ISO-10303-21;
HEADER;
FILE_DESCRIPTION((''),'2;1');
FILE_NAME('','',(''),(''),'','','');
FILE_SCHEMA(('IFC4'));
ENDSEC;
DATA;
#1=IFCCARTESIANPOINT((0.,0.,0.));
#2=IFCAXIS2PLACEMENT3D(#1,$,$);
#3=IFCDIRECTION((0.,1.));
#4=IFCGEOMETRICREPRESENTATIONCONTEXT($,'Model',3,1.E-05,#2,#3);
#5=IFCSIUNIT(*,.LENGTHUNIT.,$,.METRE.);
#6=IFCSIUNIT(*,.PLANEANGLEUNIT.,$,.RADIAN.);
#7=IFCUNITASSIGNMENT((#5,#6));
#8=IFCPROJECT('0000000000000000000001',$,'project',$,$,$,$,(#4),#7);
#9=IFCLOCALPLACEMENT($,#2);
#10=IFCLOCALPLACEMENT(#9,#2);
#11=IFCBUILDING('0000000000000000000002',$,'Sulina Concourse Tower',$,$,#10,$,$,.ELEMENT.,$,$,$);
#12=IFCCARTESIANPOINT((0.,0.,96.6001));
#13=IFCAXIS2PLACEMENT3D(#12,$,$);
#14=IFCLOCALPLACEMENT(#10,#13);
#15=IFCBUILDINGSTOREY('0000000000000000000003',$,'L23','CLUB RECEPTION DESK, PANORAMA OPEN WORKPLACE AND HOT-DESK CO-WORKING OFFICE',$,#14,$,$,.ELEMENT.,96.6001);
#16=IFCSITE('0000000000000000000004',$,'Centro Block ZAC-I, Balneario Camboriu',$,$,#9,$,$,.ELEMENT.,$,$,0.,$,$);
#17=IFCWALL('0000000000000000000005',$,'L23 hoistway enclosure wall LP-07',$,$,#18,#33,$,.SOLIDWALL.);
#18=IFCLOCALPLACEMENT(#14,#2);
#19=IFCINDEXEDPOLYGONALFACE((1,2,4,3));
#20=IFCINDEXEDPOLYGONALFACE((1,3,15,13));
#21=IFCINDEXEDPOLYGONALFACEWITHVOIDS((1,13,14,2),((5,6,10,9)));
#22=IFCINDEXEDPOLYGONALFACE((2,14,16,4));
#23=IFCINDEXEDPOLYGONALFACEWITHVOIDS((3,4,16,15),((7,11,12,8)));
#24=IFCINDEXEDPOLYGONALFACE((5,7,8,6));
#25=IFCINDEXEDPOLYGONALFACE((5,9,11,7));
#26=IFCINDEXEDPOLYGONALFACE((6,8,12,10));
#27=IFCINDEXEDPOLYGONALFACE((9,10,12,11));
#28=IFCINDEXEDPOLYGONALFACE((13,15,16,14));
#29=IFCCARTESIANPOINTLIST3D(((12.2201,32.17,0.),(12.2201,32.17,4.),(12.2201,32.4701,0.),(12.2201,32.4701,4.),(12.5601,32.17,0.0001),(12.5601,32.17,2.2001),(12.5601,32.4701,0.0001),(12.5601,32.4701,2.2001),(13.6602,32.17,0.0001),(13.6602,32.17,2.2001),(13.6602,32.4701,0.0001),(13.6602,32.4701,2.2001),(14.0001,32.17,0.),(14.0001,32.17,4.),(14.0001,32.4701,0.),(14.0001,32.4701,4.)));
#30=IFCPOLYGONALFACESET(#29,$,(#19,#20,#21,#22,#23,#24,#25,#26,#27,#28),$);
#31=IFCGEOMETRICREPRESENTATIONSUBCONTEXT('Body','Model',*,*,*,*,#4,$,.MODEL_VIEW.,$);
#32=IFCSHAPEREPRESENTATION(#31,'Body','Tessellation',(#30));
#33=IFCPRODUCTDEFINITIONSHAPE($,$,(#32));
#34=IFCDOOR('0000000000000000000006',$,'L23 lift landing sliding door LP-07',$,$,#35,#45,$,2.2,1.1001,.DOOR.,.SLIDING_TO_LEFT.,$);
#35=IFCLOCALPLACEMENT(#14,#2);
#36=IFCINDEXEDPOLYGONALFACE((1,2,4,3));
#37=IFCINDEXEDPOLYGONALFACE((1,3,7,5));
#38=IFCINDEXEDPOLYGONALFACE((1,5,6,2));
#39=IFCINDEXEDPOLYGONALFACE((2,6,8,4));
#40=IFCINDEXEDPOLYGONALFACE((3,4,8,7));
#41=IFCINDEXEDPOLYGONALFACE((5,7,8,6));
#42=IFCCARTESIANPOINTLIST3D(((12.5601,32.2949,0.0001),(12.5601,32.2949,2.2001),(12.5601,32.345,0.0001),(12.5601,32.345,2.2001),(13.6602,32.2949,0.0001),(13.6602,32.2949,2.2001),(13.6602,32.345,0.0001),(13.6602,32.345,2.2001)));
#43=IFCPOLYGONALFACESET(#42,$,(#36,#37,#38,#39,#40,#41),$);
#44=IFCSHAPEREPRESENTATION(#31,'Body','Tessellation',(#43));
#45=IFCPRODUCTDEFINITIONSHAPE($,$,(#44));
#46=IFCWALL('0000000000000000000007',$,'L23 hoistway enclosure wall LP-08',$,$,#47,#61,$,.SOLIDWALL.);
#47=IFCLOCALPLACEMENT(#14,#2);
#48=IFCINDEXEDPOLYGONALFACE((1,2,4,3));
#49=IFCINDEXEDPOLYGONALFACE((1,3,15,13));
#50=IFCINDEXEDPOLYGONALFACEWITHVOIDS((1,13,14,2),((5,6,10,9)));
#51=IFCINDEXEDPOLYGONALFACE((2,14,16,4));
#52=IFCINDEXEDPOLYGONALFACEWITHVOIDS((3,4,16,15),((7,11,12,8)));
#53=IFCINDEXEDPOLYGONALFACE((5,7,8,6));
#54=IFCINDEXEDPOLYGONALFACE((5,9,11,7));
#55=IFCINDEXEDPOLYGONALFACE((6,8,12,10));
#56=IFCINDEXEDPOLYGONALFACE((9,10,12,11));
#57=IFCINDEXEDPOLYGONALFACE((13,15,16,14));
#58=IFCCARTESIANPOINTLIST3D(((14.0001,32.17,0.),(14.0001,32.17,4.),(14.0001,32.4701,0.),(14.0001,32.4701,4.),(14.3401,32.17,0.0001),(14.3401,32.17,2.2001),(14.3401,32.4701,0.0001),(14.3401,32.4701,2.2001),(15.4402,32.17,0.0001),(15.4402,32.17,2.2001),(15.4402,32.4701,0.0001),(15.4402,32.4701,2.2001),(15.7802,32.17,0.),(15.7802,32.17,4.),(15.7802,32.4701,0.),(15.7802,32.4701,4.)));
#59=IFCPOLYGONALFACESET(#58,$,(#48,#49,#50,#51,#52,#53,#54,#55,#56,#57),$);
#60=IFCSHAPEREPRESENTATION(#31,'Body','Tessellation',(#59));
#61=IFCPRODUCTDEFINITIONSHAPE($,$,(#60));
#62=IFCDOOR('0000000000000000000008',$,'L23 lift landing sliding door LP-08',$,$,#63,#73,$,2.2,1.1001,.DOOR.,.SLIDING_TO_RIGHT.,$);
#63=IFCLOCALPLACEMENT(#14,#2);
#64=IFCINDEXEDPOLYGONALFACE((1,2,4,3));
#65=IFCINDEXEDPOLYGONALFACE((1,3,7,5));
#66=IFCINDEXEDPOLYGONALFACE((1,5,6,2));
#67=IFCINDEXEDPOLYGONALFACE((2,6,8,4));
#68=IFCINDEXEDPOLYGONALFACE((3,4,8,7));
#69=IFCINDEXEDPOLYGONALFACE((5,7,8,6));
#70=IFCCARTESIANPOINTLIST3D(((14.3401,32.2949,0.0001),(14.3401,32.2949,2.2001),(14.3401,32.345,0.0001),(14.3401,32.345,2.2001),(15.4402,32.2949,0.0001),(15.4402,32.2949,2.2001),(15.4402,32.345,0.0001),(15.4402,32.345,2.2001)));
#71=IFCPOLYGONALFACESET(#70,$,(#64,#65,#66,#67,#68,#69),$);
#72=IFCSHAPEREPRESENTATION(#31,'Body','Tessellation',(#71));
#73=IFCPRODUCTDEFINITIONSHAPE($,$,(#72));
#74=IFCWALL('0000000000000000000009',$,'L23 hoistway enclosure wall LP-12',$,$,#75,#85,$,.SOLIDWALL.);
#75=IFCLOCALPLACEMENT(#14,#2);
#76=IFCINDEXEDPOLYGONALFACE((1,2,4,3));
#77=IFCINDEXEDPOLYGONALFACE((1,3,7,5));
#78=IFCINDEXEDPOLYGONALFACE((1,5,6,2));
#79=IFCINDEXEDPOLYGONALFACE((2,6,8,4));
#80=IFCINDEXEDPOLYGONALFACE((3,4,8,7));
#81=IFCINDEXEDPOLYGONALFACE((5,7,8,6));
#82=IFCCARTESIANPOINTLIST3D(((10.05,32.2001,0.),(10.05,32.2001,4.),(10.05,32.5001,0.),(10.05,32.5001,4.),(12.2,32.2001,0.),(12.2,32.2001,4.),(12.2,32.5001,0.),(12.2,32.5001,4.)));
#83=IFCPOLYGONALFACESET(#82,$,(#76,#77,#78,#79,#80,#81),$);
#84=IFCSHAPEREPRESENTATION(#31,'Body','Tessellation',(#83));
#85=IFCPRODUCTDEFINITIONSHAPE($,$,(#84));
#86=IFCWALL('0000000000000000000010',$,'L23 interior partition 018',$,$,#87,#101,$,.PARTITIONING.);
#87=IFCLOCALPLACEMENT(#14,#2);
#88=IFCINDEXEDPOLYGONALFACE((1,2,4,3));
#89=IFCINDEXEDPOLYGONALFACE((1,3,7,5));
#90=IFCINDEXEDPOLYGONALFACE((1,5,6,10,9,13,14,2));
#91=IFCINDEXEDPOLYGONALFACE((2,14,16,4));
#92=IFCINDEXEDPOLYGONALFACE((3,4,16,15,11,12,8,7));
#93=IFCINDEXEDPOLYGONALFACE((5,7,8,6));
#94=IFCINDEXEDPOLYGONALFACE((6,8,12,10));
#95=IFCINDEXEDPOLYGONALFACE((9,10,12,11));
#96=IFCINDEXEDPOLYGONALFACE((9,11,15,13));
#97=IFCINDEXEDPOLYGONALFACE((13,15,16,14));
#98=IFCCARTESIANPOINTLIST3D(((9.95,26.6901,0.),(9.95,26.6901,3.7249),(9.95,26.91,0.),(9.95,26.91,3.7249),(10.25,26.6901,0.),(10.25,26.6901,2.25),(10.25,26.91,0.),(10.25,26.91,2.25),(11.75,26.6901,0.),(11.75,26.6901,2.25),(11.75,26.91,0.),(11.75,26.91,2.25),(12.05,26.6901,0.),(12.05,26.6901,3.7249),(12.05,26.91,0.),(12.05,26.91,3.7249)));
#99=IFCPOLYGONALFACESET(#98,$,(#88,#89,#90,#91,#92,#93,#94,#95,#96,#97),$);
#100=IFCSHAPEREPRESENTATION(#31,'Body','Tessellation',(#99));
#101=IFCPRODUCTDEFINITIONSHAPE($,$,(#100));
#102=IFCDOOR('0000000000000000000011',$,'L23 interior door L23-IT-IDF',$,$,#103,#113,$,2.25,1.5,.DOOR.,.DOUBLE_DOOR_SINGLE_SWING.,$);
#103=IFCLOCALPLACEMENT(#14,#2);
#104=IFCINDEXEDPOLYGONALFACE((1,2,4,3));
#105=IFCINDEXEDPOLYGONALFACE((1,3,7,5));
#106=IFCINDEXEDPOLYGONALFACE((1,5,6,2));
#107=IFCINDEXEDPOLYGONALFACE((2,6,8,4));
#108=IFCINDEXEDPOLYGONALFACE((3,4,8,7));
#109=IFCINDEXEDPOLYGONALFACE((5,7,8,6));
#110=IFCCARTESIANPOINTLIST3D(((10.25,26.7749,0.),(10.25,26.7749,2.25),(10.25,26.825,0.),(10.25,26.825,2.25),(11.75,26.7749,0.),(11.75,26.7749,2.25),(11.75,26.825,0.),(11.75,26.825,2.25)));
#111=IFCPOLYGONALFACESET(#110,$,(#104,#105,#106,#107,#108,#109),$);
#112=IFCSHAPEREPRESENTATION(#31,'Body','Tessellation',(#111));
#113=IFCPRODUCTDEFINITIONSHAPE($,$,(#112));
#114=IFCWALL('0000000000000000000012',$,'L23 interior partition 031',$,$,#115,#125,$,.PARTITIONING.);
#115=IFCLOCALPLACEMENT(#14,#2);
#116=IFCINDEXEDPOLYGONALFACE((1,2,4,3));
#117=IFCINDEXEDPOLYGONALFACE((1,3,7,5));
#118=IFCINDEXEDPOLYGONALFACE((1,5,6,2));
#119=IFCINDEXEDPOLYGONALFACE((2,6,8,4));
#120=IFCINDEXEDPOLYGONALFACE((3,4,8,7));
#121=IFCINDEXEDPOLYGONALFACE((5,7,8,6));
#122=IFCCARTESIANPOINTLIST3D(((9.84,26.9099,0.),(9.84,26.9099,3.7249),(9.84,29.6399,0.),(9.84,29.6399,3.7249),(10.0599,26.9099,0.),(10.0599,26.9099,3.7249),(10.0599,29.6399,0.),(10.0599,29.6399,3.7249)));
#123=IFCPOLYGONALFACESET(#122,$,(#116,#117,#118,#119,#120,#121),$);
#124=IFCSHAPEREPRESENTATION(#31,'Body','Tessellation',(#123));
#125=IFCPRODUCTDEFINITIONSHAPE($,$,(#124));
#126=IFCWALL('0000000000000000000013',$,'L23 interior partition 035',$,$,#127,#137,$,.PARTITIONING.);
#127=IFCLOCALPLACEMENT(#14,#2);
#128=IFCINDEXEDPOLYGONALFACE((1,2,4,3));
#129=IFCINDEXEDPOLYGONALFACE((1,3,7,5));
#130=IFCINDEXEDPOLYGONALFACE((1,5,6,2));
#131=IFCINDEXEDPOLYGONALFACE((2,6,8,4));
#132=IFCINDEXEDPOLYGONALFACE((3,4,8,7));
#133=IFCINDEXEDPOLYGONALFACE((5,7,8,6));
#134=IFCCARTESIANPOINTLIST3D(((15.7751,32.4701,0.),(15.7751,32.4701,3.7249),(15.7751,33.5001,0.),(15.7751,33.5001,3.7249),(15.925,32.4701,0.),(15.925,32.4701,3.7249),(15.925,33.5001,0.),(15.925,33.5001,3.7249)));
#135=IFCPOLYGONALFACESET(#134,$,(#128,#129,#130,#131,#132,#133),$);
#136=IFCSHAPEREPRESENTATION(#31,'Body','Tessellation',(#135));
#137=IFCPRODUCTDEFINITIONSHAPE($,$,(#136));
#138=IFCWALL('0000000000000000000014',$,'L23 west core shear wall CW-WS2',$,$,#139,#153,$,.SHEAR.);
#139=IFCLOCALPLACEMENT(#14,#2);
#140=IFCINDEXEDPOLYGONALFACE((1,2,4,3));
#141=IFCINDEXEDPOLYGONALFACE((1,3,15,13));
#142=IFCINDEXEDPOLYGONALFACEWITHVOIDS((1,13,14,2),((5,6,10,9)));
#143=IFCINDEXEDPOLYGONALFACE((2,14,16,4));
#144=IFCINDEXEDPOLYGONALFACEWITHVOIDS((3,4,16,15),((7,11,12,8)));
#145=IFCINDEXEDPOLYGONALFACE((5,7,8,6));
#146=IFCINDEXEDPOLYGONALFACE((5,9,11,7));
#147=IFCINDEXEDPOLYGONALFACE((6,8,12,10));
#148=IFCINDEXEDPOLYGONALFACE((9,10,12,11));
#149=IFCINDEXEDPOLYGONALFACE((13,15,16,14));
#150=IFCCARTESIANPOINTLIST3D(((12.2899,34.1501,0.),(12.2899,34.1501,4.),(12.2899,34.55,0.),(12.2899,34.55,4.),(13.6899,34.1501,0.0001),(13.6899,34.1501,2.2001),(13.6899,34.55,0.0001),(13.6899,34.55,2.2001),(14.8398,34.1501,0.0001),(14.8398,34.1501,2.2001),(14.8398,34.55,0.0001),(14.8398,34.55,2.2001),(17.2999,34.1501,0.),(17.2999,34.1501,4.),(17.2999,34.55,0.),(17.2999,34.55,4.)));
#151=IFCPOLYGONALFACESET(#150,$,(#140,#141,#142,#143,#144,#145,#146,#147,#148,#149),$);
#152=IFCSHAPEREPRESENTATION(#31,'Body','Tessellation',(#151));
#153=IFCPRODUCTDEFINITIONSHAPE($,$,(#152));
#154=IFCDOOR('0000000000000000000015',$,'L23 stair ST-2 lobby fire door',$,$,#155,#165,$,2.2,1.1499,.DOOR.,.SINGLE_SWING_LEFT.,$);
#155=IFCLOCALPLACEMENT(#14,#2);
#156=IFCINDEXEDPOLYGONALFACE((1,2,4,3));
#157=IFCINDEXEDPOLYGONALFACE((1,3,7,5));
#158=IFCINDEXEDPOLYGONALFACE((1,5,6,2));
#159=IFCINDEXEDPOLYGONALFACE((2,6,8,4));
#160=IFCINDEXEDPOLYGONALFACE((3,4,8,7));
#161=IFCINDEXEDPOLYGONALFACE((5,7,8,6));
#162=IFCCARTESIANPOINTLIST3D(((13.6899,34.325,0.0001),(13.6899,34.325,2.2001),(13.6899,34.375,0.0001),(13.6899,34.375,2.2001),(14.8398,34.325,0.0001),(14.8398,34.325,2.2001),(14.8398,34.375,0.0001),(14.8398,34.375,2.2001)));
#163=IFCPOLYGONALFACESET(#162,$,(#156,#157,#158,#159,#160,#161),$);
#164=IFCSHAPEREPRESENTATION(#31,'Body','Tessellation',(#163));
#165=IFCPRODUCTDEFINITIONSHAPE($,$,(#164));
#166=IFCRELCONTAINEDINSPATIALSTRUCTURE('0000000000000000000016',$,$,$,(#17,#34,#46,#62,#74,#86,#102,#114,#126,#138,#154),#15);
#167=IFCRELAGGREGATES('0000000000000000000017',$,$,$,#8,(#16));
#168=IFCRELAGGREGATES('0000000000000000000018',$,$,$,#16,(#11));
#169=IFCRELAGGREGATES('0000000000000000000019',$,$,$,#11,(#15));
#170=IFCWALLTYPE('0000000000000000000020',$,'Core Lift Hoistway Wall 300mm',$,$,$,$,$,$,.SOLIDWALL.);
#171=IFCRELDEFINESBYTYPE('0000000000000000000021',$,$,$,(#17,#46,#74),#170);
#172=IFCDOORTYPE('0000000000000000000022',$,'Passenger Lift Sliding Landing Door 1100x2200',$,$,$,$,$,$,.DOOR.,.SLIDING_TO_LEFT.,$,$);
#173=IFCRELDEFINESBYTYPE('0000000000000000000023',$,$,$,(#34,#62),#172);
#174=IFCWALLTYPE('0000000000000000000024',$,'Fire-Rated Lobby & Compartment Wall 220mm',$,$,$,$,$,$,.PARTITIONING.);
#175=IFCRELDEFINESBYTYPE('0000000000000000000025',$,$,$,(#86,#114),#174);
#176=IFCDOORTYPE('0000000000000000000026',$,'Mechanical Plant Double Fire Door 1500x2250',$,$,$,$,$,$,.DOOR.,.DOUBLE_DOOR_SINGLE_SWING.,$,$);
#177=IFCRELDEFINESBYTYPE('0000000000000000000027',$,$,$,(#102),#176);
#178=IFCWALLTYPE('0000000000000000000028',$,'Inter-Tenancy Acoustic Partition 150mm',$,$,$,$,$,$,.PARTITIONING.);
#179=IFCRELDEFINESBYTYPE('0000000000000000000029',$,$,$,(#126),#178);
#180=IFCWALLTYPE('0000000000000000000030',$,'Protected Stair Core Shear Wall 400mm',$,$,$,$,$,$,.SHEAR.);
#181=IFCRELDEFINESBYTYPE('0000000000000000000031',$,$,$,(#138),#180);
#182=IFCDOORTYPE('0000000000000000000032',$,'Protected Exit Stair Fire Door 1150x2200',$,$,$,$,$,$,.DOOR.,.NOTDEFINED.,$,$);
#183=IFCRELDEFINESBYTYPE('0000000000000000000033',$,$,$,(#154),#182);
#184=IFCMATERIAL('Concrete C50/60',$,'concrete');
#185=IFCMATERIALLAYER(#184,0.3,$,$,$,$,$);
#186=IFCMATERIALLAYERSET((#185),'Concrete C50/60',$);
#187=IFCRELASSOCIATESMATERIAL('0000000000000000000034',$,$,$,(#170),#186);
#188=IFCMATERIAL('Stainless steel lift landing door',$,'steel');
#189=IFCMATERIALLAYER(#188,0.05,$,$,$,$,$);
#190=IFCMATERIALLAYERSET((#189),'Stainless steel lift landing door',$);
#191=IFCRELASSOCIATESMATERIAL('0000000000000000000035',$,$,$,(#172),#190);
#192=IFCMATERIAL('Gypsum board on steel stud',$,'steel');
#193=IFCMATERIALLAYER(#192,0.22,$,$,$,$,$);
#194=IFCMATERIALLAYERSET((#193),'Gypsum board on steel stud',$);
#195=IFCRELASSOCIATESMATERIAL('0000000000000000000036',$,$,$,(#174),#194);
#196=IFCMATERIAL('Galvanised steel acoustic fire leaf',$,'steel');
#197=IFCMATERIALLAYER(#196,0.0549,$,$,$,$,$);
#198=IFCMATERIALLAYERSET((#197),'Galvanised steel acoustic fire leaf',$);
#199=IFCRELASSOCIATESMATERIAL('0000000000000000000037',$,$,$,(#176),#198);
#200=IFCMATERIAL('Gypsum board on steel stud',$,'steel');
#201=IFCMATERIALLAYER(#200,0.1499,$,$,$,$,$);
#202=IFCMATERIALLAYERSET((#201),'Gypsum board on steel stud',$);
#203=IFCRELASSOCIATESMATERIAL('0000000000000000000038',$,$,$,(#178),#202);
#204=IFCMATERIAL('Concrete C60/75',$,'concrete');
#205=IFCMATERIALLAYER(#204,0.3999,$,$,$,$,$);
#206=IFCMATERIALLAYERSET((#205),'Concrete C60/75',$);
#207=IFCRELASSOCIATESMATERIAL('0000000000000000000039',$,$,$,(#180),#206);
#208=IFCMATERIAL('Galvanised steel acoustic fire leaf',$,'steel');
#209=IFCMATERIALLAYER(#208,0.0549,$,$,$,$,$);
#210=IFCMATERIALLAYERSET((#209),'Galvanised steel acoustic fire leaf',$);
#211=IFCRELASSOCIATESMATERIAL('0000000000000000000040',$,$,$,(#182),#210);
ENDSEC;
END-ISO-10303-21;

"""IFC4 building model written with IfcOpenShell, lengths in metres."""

from ifc_helpers import new_model, si_unit, direction, frame, frame_2d, origin, place, context, subcontext, project, spatial, rectangle, extrude, material, layer, layer_set, type_object, element, fill, save


model = new_model("IFC4")

# Units and contexts
model_context = context("Model", 3, precision=1e-05, world=origin(), true_north=direction((0.0, 1.0)))
body_context = subcontext(model_context, "Body", "Model", "MODEL_VIEW")
ifc_project = project(units=[si_unit("LENGTHUNIT", "METRE"), si_unit("PLANEANGLEUNIT", "RADIAN")], contexts=[model_context])

# Site, building, storey
site_placement = place(None, origin())
site = spatial("IfcSite", under=ifc_project, at=site_placement, Name="Centro Block ZAC-I, Balneario Camboriu", CompositionType="ELEMENT", RefElevation=0.0)
building_placement = place(site_placement, origin())
building = spatial("IfcBuilding", under=site, at=building_placement, Name="Sulina Concourse Tower", CompositionType="ELEMENT")
storey_placement = place(building_placement, frame((0.0, 0.0, 96.6001)))
storey = spatial("IfcBuildingStorey", under=building, at=storey_placement, Name="L23", Description="CLUB RECEPTION DESK, PANORAMA OPEN WORKPLACE AND HOT-DESK CO-WORKING OFFICE", CompositionType="ELEMENT", Elevation=96.6001)

# Walls, openings, doors
ifc_material_1 = material(Name="Concrete C50/60", Category="concrete")
ifc_layer_1 = layer(ifc_material_1, 0.3)
ifc_layer_set_1 = layer_set([ifc_layer_1], Name="Concrete C50/60")
wall_type_1 = type_object("IfcWallType", Name="Core Lift Hoistway Wall 300mm", PredefinedType="SOLIDWALL", material=ifc_layer_set_1)
ifc_material_2 = material(Name="Stainless steel lift landing door", Category="steel")
ifc_layer_2 = layer(ifc_material_2, 0.05)
ifc_layer_set_2 = layer_set([ifc_layer_2], Name="Stainless steel lift landing door")
door_type_1 = type_object("IfcDoorType", Name="Passenger Lift Sliding Landing Door 1100x2200", OperationType="SLIDING_TO_LEFT", PredefinedType="DOOR", material=ifc_layer_set_2)
wall_1_placement = place(storey_placement, frame((12.22, 32.3201, 0.0), z_axis=(0.0, 0.0, 1.0), x_axis=(1.0, 0.0, 0.0)))
wall_1 = element("IfcWall", 1, at=wall_1_placement, inside=storey, type_object=wall_type_1, Name="L23 hoistway enclosure wall LP-07", PredefinedType="SOLIDWALL", context=body_context, shape_type="SweptSolid", body=[
    extrude(rectangle(XDim=1.78, YDim=0.3, at=frame_2d((0.8901, 0.0))), origin(), (0.0, 0.0, 1.0), 4.0),
])
opening_1_placement = place(wall_1_placement, frame((0.3401, 0.0, 0.0)))
opening_1 = element("IfcOpeningElement", 2, at=opening_1_placement, cuts=wall_1, PredefinedType="OPENING", context=body_context, shape_type="SweptSolid", body=[
    extrude(rectangle(XDim=1.1001, YDim=2.2, at=frame_2d((0.55, 1.1001))), frame((0.0, 0.1599, 0.0), z_axis=(0.0, -1.0, 0.0), x_axis=(1.0, 0.0, 0.0)), (0.0, 0.0, 1.0), 0.3201),
])
door_1_placement = place(opening_1_placement, origin())
door_1 = element("IfcDoor", 3, at=door_1_placement, inside=storey, type_object=door_type_1, Name="L23 lift landing sliding door LP-07", OperationType="SLIDING_TO_LEFT", OverallHeight=2.2, OverallWidth=1.1001, PredefinedType="DOOR", context=body_context, shape_type="SweptSolid", body=[
    extrude(rectangle(XDim=1.1001, YDim=2.2, at=frame_2d((0.55, 1.1001))), frame((0.0, 0.0249, 0.0), z_axis=(0.0, -1.0, 0.0), x_axis=(1.0, 0.0, 0.0)), (0.0, 0.0, 1.0), 0.05),
])
fill(opening_1, door_1)
wall_2_placement = place(storey_placement, frame((14.0, 32.3201, 0.0), z_axis=(0.0, 0.0, 1.0), x_axis=(1.0, 0.0, 0.0)))
wall_2 = element("IfcWall", 4, at=wall_2_placement, inside=storey, type_object=wall_type_1, Name="L23 hoistway enclosure wall LP-08", PredefinedType="SOLIDWALL", context=body_context, shape_type="SweptSolid", body=[
    extrude(rectangle(XDim=1.78, YDim=0.3, at=frame_2d((0.8901, 0.0))), origin(), (0.0, 0.0, 1.0), 4.0),
])
opening_2_placement = place(wall_2_placement, frame((0.3401, 0.0, 0.0)))
opening_2 = element("IfcOpeningElement", 5, at=opening_2_placement, cuts=wall_2, PredefinedType="OPENING", context=body_context, shape_type="SweptSolid", body=[
    extrude(rectangle(XDim=1.1001, YDim=2.2, at=frame_2d((0.55, 1.1001))), frame((0.0, 0.1599, 0.0), z_axis=(0.0, -1.0, 0.0), x_axis=(1.0, 0.0, 0.0)), (0.0, 0.0, 1.0), 0.3201),
])
door_2_placement = place(opening_2_placement, origin())
door_2 = element("IfcDoor", 6, at=door_2_placement, inside=storey, type_object=door_type_1, Name="L23 lift landing sliding door LP-08", OperationType="SLIDING_TO_RIGHT", OverallHeight=2.2, OverallWidth=1.1001, PredefinedType="DOOR", context=body_context, shape_type="SweptSolid", body=[
    extrude(rectangle(XDim=1.1001, YDim=2.2, at=frame_2d((0.55, 1.1001))), frame((0.0, 0.0249, 0.0), z_axis=(0.0, -1.0, 0.0), x_axis=(1.0, 0.0, 0.0)), (0.0, 0.0, 1.0), 0.05),
])
fill(opening_2, door_2)

# Wall
wall_3_placement = place(storey_placement, frame((10.05, 32.3501, 0.0), z_axis=(0.0, 0.0, 1.0), x_axis=(1.0, 0.0, 0.0)))
element("IfcWall", 7, at=wall_3_placement, inside=storey, type_object=wall_type_1, Name="L23 hoistway enclosure wall LP-12", PredefinedType="SOLIDWALL", context=body_context, shape_type="SweptSolid", body=[
    extrude(rectangle(XDim=2.1499, YDim=0.3, at=frame_2d((1.075, 0.0))), origin(), (0.0, 0.0, 1.0), 4.0),
])

# Wall, opening, door
ifc_material_3 = material(Name="Gypsum board on steel stud", Category="steel")
ifc_layer_3 = layer(ifc_material_3, 0.22)
ifc_layer_set_3 = layer_set([ifc_layer_3], Name="Gypsum board on steel stud")
wall_type_2 = type_object("IfcWallType", Name="Fire-Rated Lobby & Compartment Wall 220mm", PredefinedType="PARTITIONING", material=ifc_layer_set_3)
wall_4_placement = place(storey_placement, frame((9.95, 26.8, 0.0), z_axis=(0.0, 0.0, 1.0), x_axis=(1.0, 0.0, 0.0)))
wall_4 = element("IfcWall", 8, at=wall_4_placement, inside=storey, type_object=wall_type_2, Name="L23 interior partition 018", PredefinedType="PARTITIONING", context=body_context, shape_type="SweptSolid", body=[
    extrude(rectangle(XDim=2.1001, YDim=0.22, at=frame_2d((1.05, 0.0))), origin(), (0.0, 0.0, 1.0), 3.7249),
])
opening_3_placement = place(wall_4_placement, frame((0.3, 0.0, 0.0)))
opening_3 = element("IfcOpeningElement", 9, at=opening_3_placement, cuts=wall_4, PredefinedType="OPENING", context=body_context, shape_type="SweptSolid", body=[
    extrude(rectangle(XDim=1.5, YDim=2.25, at=frame_2d((0.75, 1.125))), frame((0.0, 0.1199, 0.0), z_axis=(0.0, -1.0, 0.0), x_axis=(1.0, 0.0, 0.0)), (0.0, 0.0, 1.0), 0.24),
])
ifc_material_4 = material(Name="Galvanised steel acoustic fire leaf", Category="steel")
ifc_layer_4 = layer(ifc_material_4, 0.0549)
ifc_layer_set_4 = layer_set([ifc_layer_4], Name="Galvanised steel acoustic fire leaf")
door_type_2 = type_object("IfcDoorType", Name="Mechanical Plant Double Fire Door 1500x2250", OperationType="DOUBLE_DOOR_SINGLE_SWING", PredefinedType="DOOR", material=ifc_layer_set_4)
door_3_placement = place(opening_3_placement, origin())
door_3 = element("IfcDoor", 10, at=door_3_placement, inside=storey, type_object=door_type_2, Name="L23 interior door L23-IT-IDF", OperationType="DOUBLE_DOOR_SINGLE_SWING", OverallHeight=2.25, OverallWidth=1.5, PredefinedType="DOOR", context=body_context, shape_type="SweptSolid", body=[
    extrude(rectangle(XDim=1.5, YDim=2.25, at=frame_2d((0.75, 1.125))), frame((0.0, 0.0249, 0.0), z_axis=(0.0, -1.0, 0.0), x_axis=(1.0, 0.0, 0.0)), (0.0, 0.0, 1.0), 0.05),
])
fill(opening_3, door_3)

# Walls
wall_5_placement = place(storey_placement, frame((9.95, 26.9099, 0.0), z_axis=(0.0, 0.0, 1.0), x_axis=(0.0, 1.0, 0.0)))
element("IfcWall", 11, at=wall_5_placement, inside=storey, type_object=wall_type_2, Name="L23 interior partition 031", PredefinedType="PARTITIONING", context=body_context, shape_type="SweptSolid", body=[
    extrude(rectangle(XDim=2.73, YDim=0.22, at=frame_2d((1.365, 0.0))), origin(), (0.0, 0.0, 1.0), 3.7249),
])
ifc_material_5 = material(Name="Gypsum board on steel stud", Category="steel")
ifc_layer_5 = layer(ifc_material_5, 0.1499)
ifc_layer_set_5 = layer_set([ifc_layer_5], Name="Gypsum board on steel stud")
wall_type_3 = type_object("IfcWallType", Name="Inter-Tenancy Acoustic Partition 150mm", PredefinedType="PARTITIONING", material=ifc_layer_set_5)
wall_6_placement = place(storey_placement, frame((15.8501, 32.47, 0.0), z_axis=(0.0, 0.0, 1.0), x_axis=(0.0, 1.0, 0.0)))
element("IfcWall", 12, at=wall_6_placement, inside=storey, type_object=wall_type_3, Name="L23 interior partition 035", PredefinedType="PARTITIONING", context=body_context, shape_type="SweptSolid", body=[
    extrude(rectangle(XDim=1.03, YDim=0.1499, at=frame_2d((0.5151, 0.0))), origin(), (0.0, 0.0, 1.0), 3.7249),
])

# Wall, opening, door
ifc_material_6 = material(Name="Concrete C60/75", Category="concrete")
ifc_layer_6 = layer(ifc_material_6, 0.3999)
ifc_layer_set_6 = layer_set([ifc_layer_6], Name="Concrete C60/75")
wall_type_4 = type_object("IfcWallType", Name="Protected Stair Core Shear Wall 400mm", PredefinedType="SHEAR", material=ifc_layer_set_6)
wall_7_placement = place(storey_placement, frame((12.29, 34.3501, 0.0), z_axis=(0.0, 0.0, 1.0), x_axis=(1.0, 0.0, 0.0)))
wall_7 = element("IfcWall", 13, at=wall_7_placement, inside=storey, type_object=wall_type_4, Name="L23 west core shear wall CW-WS2", PredefinedType="SHEAR", context=body_context, shape_type="SweptSolid", body=[
    extrude(rectangle(XDim=5.01, YDim=0.3999, at=frame_2d((2.5049, 0.0))), origin(), (0.0, 0.0, 1.0), 4.0),
])
opening_4_placement = place(wall_7_placement, frame((1.3999, 0.0, 0.0)))
opening_4 = element("IfcOpeningElement", 14, at=opening_4_placement, cuts=wall_7, PredefinedType="OPENING", context=body_context, shape_type="SweptSolid", body=[
    extrude(rectangle(XDim=1.1499, YDim=2.2, at=frame_2d((0.575, 1.1001))), frame((0.0, 0.21, 0.0), z_axis=(0.0, -1.0, 0.0), x_axis=(1.0, 0.0, 0.0)), (0.0, 0.0, 1.0), 0.4199),
])
ifc_material_7 = material(Name="Galvanised steel acoustic fire leaf", Category="steel")
ifc_layer_7 = layer(ifc_material_7, 0.0549)
ifc_layer_set_7 = layer_set([ifc_layer_7], Name="Galvanised steel acoustic fire leaf")
door_type_3 = type_object("IfcDoorType", Name="Protected Exit Stair Fire Door 1150x2200", OperationType="NOTDEFINED", PredefinedType="DOOR", material=ifc_layer_set_7)
door_4_placement = place(opening_4_placement, origin())
door_4 = element("IfcDoor", 15, at=door_4_placement, inside=storey, type_object=door_type_3, Name="L23 stair ST-2 lobby fire door", OperationType="SINGLE_SWING_LEFT", OverallHeight=2.2, OverallWidth=1.1499, PredefinedType="DOOR", context=body_context, shape_type="SweptSolid", body=[
    extrude(rectangle(XDim=1.1499, YDim=2.2, at=frame_2d((0.575, 1.1001))), frame((0.0, 0.0249, 0.0), z_axis=(0.0, -1.0, 0.0), x_axis=(1.0, 0.0, 0.0)), (0.0, 0.0, 1.0), 0.05),
])
fill(opening_4, door_4)

save(model, "model.ifc")
